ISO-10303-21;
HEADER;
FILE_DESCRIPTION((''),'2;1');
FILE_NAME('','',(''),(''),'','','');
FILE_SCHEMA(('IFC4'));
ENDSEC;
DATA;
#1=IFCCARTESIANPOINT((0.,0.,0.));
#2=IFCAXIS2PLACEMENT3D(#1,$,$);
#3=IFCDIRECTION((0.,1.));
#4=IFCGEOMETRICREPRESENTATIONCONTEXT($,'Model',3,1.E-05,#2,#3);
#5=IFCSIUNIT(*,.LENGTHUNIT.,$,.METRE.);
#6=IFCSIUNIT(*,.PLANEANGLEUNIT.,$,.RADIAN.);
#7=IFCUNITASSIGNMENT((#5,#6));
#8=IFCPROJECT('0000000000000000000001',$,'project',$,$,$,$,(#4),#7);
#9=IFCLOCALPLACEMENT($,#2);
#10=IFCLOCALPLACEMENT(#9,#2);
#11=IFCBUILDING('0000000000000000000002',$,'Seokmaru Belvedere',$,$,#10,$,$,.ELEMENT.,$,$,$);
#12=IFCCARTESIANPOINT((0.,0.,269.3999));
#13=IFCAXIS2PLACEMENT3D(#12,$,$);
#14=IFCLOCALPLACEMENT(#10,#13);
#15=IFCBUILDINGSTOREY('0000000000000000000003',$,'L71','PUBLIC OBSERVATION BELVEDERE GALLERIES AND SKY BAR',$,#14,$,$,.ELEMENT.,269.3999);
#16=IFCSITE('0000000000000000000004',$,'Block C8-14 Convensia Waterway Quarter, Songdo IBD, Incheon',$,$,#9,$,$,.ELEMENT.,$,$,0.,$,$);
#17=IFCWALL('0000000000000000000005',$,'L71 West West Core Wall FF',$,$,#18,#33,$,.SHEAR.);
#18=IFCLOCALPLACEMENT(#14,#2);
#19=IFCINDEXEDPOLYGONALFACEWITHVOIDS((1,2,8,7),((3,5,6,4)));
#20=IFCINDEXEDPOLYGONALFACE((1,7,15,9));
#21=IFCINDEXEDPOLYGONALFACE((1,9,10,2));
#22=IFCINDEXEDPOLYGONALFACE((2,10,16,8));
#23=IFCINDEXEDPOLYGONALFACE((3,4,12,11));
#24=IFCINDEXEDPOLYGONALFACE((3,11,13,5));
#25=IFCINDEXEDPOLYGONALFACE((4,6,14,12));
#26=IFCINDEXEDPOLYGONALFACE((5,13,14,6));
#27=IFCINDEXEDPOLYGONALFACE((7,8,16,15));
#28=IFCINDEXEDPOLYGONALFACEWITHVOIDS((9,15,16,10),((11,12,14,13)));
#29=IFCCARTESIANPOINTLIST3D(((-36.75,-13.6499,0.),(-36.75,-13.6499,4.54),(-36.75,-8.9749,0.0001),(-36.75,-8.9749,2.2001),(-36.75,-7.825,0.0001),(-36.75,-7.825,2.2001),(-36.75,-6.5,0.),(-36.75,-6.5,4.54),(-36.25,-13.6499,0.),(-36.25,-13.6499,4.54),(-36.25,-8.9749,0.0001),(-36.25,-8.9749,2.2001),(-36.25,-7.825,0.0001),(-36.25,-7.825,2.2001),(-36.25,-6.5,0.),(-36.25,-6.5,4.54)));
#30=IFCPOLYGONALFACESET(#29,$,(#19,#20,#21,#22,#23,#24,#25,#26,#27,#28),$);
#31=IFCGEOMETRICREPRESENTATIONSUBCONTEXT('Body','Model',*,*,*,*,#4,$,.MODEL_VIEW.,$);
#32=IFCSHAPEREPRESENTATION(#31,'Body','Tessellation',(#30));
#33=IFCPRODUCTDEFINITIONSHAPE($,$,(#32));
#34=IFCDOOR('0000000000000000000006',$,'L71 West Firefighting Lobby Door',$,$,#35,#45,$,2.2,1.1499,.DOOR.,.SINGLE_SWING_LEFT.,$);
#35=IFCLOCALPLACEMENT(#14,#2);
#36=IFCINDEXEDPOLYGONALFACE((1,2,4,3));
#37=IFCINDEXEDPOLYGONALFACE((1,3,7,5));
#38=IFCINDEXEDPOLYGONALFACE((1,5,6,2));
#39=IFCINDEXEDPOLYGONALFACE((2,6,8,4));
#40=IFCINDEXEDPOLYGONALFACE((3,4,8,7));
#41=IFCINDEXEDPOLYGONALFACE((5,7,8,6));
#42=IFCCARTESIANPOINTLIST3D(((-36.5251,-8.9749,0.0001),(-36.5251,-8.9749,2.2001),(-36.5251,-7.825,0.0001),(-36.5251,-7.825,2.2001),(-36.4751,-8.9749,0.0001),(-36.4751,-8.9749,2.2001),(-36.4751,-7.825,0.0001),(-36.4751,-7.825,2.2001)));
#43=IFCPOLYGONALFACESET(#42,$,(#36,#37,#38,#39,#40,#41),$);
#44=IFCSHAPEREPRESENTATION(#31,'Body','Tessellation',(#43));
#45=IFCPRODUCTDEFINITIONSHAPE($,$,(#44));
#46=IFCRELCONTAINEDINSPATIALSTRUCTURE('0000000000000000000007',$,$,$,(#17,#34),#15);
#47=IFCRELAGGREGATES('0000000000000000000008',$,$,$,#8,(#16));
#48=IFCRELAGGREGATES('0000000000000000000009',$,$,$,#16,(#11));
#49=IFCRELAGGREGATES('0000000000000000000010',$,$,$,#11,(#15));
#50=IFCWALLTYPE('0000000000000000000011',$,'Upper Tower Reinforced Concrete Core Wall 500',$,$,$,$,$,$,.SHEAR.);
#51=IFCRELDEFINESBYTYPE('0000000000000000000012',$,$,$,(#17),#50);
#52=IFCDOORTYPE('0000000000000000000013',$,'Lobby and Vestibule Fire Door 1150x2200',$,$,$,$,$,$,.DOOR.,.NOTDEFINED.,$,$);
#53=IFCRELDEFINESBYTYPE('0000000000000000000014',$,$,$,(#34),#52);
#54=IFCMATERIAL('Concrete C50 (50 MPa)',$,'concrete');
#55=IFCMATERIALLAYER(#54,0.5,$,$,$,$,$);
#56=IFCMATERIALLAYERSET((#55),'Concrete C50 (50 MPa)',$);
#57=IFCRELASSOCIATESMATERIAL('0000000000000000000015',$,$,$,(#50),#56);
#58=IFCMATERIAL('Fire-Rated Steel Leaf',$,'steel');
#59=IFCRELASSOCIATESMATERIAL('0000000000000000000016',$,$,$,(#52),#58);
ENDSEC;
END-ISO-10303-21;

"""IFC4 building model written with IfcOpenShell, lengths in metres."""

from ifc_helpers import new_model, si_unit, direction, frame, frame_2d, origin, place, context, subcontext, project, spatial, rectangle, extrude, source, transform, mapped, material, layer, layer_set, type_object, type_shapes, element, fill, save


model = new_model("IFC4")

# Units and contexts
model_context = context("Model", 3, precision=1e-05, world=origin(), true_north=direction((0.0, 1.0)))
body_context = subcontext(model_context, "Body", "Model", "MODEL_VIEW")
ifc_project = project(units=[si_unit("LENGTHUNIT", "METRE"), si_unit("PLANEANGLEUNIT", "RADIAN")], contexts=[model_context])

# Site, building, storey
site_placement = place(None, origin())
site = spatial("IfcSite", under=ifc_project, at=site_placement, Name="Block C8-14 Convensia Waterway Quarter, Songdo IBD, Incheon", CompositionType="ELEMENT", RefElevation=0.0)
building_placement = place(site_placement, origin())
building = spatial("IfcBuilding", under=site, at=building_placement, Name="Seokmaru Belvedere", CompositionType="ELEMENT")
storey_placement = place(building_placement, frame((0.0, 0.0, 269.3999)))
storey = spatial("IfcBuildingStorey", under=building, at=storey_placement, Name="L71", Description="PUBLIC OBSERVATION BELVEDERE GALLERIES AND SKY BAR", CompositionType="ELEMENT", Elevation=269.3999)

# Wall, opening, door
ifc_material_1 = material(Name="Concrete C50 (50 MPa)", Category="concrete")
ifc_layer_1 = layer(ifc_material_1, 0.5)
ifc_layer_set_1 = layer_set([ifc_layer_1], Name="Concrete C50 (50 MPa)")
wall_type_1 = type_object("IfcWallType", Name="Upper Tower Reinforced Concrete Core Wall 500", PredefinedType="SHEAR", material=ifc_layer_set_1)
wall_placement = place(storey_placement, frame((-36.5, -13.6499, 0.0), z_axis=(0.0, 0.0, 1.0), x_axis=(0.0, 1.0, 0.0)))
wall = element("IfcWall", 1, at=wall_placement, inside=storey, type_object=wall_type_1, Name="L71 West West Core Wall FF", PredefinedType="SHEAR", context=body_context, shape_type="SweptSolid", body=[
    extrude(rectangle(XDim=7.1499, YDim=0.5, at=frame_2d((3.575, 0.0))), origin(), (0.0, 0.0, 1.0), 4.54),
])
opening_placement = place(wall_placement, frame((4.675, 0.0, 0.0)))
opening = element("IfcOpeningElement", 2, at=opening_placement, cuts=wall, PredefinedType="OPENING", context=body_context, shape_type="SweptSolid", body=[
    extrude(rectangle(XDim=1.1499, YDim=2.2, at=frame_2d((0.575, 1.1001))), frame((0.0, 0.26, 0.0), z_axis=(0.0, -1.0, 0.0), x_axis=(1.0, 0.0, 0.0)), (0.0, 0.0, 1.0), 0.52),
])
ifc_material_2 = material(Name="Fire-Rated Steel Leaf", Category="steel")
door_type = type_object("IfcDoorType", Name="Lobby and Vestibule Fire Door 1150x2200", OperationType="NOTDEFINED", PredefinedType="DOOR", material=ifc_material_2)
shared_shape_1 = source(origin(), body_context, "Body", "SweptSolid", [
    extrude(rectangle(XDim=1.1499, YDim=2.2, at=frame_2d((0.575, 1.1001))), frame((0.0, 0.0249, 0.0), z_axis=(0.0, -1.0, 0.0), x_axis=(1.0, 0.0, 0.0)), (0.0, 0.0, 1.0), 0.05),
])
type_shapes(door_type, [shared_shape_1])
door_placement = place(opening_placement, frame((1.1499, 0.0, 0.0), z_axis=(0.0, 0.0, 1.0), x_axis=(-1.0, 0.0, 0.0)))
door = element("IfcDoor", 3, at=door_placement, inside=storey, type_object=door_type, Name="L71 West Firefighting Lobby Door", OperationType="SINGLE_SWING_LEFT", OverallHeight=2.2, OverallWidth=1.1499, PredefinedType="DOOR", context=body_context, shape_type="MappedRepresentation", body=[
    mapped(shared_shape_1, transform((0.0, 0.0, 0.0), scale=1.0)),
])
fill(opening, door)

save(model, "model.ifc")
